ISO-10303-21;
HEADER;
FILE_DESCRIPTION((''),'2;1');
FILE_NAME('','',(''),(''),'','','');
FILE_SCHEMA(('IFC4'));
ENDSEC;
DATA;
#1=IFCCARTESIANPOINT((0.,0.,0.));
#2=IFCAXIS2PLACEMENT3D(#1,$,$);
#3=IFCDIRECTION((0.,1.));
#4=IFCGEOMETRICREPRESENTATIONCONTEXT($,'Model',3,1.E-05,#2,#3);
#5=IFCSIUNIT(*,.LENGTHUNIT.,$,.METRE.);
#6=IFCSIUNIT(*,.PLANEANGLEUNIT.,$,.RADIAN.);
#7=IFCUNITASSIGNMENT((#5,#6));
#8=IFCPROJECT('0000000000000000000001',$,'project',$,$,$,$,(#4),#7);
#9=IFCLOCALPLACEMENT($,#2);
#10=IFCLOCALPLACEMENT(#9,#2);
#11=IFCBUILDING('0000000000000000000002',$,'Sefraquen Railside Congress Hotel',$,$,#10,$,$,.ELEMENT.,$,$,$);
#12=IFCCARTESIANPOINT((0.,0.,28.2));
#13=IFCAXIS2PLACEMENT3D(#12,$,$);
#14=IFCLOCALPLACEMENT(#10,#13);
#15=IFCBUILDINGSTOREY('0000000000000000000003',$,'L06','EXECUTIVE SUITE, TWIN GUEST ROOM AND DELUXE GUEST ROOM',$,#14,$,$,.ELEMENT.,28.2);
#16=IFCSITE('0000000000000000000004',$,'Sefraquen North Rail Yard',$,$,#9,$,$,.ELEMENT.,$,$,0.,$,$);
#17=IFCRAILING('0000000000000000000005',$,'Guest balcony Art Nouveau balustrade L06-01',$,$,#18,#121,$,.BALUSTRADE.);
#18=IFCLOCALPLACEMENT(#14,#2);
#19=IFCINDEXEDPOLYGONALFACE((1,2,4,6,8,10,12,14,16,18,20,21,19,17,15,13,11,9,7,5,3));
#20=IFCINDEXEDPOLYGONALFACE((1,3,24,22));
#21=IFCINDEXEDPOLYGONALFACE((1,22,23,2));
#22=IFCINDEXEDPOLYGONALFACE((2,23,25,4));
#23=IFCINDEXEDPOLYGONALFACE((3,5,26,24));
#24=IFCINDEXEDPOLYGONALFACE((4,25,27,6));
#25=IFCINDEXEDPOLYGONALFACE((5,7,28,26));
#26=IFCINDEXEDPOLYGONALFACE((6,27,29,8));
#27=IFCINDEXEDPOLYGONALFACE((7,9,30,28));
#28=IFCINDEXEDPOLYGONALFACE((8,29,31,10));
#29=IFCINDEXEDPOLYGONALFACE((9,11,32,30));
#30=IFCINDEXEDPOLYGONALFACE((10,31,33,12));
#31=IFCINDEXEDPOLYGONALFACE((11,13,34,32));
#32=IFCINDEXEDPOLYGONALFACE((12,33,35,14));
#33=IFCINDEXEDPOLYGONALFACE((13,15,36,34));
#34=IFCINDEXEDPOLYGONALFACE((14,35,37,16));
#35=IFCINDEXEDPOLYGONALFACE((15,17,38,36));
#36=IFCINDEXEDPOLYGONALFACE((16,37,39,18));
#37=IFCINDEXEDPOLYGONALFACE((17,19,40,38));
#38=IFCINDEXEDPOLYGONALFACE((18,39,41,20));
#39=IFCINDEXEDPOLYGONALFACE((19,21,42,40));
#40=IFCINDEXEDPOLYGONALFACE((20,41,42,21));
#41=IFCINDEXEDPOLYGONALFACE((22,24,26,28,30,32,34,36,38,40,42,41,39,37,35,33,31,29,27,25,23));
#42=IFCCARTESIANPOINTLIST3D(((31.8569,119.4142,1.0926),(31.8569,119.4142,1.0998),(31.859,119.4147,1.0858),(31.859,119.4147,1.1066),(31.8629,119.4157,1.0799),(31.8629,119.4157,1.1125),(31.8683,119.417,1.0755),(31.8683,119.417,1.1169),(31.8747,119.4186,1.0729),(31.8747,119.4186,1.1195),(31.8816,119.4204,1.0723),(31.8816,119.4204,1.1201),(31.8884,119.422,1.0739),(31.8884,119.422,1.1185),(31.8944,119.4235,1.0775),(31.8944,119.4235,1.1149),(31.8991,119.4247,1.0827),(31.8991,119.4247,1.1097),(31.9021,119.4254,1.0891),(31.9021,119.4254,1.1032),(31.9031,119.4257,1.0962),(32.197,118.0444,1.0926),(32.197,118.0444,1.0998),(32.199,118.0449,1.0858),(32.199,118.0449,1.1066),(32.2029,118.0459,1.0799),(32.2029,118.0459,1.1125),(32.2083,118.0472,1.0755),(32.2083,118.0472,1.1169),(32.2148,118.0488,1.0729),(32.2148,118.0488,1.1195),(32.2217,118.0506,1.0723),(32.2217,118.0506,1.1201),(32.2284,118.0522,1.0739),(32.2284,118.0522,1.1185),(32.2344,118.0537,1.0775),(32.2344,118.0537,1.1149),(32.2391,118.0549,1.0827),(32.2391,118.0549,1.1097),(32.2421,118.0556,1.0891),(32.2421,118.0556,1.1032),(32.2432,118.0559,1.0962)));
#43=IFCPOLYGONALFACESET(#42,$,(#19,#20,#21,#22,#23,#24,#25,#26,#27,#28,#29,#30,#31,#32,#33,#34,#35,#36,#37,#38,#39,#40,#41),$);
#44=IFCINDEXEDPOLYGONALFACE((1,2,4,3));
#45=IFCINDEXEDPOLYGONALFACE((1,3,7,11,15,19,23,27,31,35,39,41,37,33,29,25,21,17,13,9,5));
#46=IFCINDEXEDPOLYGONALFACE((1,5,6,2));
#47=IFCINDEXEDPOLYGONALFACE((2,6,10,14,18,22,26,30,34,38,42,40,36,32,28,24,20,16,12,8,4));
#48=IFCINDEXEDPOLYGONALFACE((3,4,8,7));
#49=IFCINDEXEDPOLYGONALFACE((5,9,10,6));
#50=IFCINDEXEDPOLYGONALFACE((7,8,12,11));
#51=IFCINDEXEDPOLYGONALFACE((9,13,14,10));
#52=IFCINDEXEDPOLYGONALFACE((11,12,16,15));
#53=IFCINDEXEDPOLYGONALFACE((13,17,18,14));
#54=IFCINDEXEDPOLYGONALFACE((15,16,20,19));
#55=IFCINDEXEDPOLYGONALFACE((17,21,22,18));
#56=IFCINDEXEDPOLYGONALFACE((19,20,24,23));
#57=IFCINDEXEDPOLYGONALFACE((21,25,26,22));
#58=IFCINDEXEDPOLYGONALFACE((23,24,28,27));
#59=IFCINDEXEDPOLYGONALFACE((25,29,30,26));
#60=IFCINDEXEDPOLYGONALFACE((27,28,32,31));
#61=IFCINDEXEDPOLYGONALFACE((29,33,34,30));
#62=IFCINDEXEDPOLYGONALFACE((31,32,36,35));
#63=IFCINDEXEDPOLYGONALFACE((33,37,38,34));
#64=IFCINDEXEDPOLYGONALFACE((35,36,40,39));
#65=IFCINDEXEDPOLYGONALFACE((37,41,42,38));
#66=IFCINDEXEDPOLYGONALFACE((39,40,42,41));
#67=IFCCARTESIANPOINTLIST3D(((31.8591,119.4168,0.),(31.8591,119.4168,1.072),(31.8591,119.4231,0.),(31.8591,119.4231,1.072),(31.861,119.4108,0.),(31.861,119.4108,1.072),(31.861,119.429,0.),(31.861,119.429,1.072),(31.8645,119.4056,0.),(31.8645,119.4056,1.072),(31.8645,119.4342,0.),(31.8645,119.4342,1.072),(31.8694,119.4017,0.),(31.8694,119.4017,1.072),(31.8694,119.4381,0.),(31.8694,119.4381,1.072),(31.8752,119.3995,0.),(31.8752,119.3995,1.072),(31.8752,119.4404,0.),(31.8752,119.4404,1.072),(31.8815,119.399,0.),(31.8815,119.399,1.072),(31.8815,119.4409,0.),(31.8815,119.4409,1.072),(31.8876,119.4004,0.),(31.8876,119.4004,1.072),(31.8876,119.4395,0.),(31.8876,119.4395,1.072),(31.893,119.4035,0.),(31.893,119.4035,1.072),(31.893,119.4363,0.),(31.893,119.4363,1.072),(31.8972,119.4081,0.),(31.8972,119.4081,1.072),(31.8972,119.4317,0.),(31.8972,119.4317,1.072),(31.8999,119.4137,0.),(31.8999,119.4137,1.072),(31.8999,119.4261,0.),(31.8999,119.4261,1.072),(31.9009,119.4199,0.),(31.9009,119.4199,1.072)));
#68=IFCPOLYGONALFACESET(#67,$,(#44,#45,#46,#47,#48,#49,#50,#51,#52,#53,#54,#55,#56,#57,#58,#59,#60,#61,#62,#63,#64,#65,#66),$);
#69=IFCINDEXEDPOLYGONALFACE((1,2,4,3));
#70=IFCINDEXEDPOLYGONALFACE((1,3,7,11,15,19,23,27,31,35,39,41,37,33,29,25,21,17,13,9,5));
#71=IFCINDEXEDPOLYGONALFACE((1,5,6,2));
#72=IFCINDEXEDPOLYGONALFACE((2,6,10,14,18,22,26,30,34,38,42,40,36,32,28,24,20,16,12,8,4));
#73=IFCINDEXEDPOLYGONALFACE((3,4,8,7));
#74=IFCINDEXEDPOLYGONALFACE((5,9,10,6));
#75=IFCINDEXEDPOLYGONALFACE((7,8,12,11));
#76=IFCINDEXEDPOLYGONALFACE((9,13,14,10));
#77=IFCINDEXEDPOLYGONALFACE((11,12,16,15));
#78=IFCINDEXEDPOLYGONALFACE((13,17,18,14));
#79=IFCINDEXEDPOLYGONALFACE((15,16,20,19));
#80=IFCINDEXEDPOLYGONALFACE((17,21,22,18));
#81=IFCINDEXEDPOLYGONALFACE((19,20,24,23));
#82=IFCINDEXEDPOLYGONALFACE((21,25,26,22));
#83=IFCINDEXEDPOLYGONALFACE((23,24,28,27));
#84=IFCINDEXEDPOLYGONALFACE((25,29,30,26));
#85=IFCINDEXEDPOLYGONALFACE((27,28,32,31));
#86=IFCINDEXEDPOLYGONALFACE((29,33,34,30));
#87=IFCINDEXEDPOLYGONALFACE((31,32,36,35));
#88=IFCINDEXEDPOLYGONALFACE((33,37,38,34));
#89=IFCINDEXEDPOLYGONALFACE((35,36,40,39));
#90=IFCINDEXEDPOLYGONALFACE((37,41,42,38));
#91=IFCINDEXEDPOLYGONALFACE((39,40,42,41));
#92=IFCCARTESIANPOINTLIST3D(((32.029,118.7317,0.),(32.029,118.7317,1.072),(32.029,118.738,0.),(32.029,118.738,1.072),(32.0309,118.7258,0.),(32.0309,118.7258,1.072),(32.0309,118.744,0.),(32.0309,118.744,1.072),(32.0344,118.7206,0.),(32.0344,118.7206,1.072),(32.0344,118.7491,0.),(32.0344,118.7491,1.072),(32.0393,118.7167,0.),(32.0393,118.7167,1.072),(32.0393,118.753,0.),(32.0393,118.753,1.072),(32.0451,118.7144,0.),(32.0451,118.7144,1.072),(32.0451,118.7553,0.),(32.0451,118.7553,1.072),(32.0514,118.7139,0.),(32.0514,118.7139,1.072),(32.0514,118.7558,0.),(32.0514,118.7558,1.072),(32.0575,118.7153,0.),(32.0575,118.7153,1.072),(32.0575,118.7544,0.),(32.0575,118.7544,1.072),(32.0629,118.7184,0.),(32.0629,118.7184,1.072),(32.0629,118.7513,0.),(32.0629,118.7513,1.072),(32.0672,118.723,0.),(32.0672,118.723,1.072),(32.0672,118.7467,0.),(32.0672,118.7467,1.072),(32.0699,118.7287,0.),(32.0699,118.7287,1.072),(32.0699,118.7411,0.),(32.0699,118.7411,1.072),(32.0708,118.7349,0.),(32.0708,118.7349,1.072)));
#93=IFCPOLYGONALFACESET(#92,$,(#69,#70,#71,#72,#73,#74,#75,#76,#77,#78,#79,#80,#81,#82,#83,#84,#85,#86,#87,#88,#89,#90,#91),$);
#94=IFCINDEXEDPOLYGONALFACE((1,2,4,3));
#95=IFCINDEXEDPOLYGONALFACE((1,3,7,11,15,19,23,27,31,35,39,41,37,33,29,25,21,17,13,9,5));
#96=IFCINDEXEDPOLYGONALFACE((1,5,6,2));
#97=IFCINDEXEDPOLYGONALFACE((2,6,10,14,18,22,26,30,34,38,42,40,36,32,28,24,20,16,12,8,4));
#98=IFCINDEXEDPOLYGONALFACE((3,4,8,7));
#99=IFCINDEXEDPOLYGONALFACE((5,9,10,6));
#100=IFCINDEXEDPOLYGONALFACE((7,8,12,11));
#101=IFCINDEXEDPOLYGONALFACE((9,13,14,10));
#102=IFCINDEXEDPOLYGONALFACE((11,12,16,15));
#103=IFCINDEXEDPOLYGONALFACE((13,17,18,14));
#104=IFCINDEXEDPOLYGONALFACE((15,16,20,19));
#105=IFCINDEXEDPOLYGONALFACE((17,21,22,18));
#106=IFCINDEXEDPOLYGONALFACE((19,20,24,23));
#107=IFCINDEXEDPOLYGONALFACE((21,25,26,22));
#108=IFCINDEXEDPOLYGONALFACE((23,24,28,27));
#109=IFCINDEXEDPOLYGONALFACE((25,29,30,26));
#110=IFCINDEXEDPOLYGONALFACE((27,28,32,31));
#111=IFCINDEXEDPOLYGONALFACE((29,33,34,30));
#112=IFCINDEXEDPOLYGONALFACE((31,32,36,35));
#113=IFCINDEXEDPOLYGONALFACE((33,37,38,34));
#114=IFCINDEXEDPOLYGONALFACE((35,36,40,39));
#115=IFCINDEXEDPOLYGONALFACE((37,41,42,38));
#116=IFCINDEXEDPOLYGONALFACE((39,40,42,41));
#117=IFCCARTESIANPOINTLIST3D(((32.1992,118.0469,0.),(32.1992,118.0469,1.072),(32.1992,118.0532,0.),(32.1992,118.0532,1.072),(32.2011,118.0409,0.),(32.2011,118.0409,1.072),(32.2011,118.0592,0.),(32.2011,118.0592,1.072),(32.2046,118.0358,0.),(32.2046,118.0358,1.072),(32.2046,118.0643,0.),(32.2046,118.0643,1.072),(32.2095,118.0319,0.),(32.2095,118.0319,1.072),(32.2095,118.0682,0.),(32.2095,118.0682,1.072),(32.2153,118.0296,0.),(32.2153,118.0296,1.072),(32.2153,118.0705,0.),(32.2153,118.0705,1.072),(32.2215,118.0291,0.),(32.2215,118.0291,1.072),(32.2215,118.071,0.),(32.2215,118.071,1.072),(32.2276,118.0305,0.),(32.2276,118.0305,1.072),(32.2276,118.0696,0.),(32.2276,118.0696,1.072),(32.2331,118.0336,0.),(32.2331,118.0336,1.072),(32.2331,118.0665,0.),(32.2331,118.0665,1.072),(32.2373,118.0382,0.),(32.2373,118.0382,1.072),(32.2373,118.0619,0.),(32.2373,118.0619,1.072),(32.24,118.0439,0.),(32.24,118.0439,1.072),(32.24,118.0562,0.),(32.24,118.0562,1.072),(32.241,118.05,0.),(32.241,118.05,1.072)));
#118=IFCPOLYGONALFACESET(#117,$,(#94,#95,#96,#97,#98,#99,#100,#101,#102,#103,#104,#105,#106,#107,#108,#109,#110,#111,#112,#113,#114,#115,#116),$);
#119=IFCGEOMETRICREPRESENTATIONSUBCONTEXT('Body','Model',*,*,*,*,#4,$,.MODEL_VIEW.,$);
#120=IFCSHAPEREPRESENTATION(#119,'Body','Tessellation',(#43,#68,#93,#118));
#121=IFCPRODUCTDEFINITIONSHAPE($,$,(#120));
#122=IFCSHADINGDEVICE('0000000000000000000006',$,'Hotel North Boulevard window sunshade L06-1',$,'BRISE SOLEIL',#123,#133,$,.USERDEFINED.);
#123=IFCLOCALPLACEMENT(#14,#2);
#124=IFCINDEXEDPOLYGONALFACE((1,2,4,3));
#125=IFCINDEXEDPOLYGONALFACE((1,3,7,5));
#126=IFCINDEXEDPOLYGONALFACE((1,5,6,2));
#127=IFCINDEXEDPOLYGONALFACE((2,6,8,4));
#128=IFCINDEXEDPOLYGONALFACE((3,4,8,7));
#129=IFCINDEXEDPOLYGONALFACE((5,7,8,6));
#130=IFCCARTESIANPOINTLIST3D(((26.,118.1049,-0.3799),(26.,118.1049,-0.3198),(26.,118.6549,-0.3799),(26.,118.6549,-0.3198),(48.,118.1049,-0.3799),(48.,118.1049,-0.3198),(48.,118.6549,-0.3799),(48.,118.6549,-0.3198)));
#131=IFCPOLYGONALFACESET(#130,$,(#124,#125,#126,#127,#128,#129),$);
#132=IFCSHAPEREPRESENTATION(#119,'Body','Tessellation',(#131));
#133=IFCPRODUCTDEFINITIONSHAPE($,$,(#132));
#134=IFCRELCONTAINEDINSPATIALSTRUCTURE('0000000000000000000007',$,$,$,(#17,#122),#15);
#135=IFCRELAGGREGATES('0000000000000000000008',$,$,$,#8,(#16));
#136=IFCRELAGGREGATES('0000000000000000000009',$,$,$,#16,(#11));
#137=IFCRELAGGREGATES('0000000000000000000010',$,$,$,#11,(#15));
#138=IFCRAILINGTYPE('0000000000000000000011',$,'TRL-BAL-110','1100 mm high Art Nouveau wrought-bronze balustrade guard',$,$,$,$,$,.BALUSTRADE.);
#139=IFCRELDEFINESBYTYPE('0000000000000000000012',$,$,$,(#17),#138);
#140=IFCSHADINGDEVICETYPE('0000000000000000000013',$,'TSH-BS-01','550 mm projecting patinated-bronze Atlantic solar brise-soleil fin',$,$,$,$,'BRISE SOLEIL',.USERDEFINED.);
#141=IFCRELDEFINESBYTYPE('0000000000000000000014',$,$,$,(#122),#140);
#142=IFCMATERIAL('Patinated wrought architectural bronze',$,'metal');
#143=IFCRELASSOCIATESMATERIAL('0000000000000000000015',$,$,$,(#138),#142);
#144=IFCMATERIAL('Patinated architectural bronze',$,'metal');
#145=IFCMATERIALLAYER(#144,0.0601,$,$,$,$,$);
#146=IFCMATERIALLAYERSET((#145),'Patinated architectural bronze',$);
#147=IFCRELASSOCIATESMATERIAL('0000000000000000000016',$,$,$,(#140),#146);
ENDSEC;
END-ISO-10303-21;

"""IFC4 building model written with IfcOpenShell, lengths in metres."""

from ifc_helpers import new_model, si_unit, direction, frame, origin, origin_2d, place, context, subcontext, project, spatial, rectangle, circle, extrude, material, layer, layer_set, type_object, element, save


model = new_model("IFC4")

# Units and contexts
model_context = context("Model", 3, precision=1e-05, world=origin(), true_north=direction((0.0, 1.0)))
body_context = subcontext(model_context, "Body", "Model", "MODEL_VIEW")
ifc_project = project(units=[si_unit("LENGTHUNIT", "METRE"), si_unit("PLANEANGLEUNIT", "RADIAN")], contexts=[model_context])

# Site, building, storey
site_placement = place(None, origin())
site = spatial("IfcSite", under=ifc_project, at=site_placement, Name="Sefraquen North Rail Yard", CompositionType="ELEMENT", RefElevation=0.0)
building_placement = place(site_placement, origin())
building = spatial("IfcBuilding", under=site, at=building_placement, Name="Sefraquen Railside Congress Hotel", CompositionType="ELEMENT")
storey_placement = place(building_placement, frame((0.0, 0.0, 28.2)))
storey = spatial("IfcBuildingStorey", under=building, at=storey_placement, Name="L06", Description="EXECUTIVE SUITE, TWIN GUEST ROOM AND DELUXE GUEST ROOM", CompositionType="ELEMENT", Elevation=28.2)

# Railing
ifc_material_1 = material(Name="Patinated wrought architectural bronze", Category="metal")
railing_type = type_object("IfcRailingType", Name="TRL-BAL-110", Description="1100 mm high Art Nouveau wrought-bronze balustrade guard", PredefinedType="BALUSTRADE", material=ifc_material_1)
railing_1_placement = place(storey_placement, frame((31.8799, 119.4199, 0.0)))
element("IfcRailing", 1, at=railing_1_placement, inside=storey, type_object=railing_type, Name="Guest balcony Art Nouveau balustrade L06-01", PredefinedType="BALUSTRADE", context=body_context, shape_type="SweptSolid", body=[
    extrude(circle(Radius=0.0239, at=origin_2d()), frame((0.0, 0.0, 1.0962), z_axis=(0.240948, -0.970538, 0.0), x_axis=(0.970538, 0.240948, 0.0)), (0.0, 0.0, 1.0), 1.4114),
    extrude(circle(Radius=0.021, at=origin_2d()), origin(), (0.0, 0.0, 1.0), 1.072),
    extrude(circle(Radius=0.021, at=origin_2d()), frame((0.1699, -0.6851, 0.0)), (0.0, 0.0, 1.0), 1.072),
    extrude(circle(Radius=0.021, at=origin_2d()), frame((0.3401, -1.3699, 0.0)), (0.0, 0.0, 1.0), 1.072),
])

# Shading device
ifc_material_2 = material(Name="Patinated architectural bronze", Category="metal")
ifc_layer_1 = layer(ifc_material_2, 0.0601)
ifc_layer_set_1 = layer_set([ifc_layer_1], Name="Patinated architectural bronze")
shading_device_type = type_object("IfcShadingDeviceType", Name="TSH-BS-01", Description="550 mm projecting patinated-bronze Atlantic solar brise-soleil fin", ElementType="BRISE SOLEIL", PredefinedType="USERDEFINED", material=ifc_layer_set_1)
shading_device_placement = place(storey_placement, frame((37.0, 118.3799, -0.3799), z_axis=(0.0, 0.0, 1.0), x_axis=(1.0, 0.0, 0.0)))
element("IfcShadingDevice", 2, at=shading_device_placement, inside=storey, type_object=shading_device_type, Name="Hotel North Boulevard window sunshade L06-1", ObjectType="BRISE SOLEIL", PredefinedType="USERDEFINED", context=body_context, shape_type="SweptSolid", body=[
    extrude(rectangle(XDim=22.0, YDim=0.55, at=origin_2d()), origin(), (0.0, 0.0, 1.0), 0.0601),
])

save(model, "model.ifc")
